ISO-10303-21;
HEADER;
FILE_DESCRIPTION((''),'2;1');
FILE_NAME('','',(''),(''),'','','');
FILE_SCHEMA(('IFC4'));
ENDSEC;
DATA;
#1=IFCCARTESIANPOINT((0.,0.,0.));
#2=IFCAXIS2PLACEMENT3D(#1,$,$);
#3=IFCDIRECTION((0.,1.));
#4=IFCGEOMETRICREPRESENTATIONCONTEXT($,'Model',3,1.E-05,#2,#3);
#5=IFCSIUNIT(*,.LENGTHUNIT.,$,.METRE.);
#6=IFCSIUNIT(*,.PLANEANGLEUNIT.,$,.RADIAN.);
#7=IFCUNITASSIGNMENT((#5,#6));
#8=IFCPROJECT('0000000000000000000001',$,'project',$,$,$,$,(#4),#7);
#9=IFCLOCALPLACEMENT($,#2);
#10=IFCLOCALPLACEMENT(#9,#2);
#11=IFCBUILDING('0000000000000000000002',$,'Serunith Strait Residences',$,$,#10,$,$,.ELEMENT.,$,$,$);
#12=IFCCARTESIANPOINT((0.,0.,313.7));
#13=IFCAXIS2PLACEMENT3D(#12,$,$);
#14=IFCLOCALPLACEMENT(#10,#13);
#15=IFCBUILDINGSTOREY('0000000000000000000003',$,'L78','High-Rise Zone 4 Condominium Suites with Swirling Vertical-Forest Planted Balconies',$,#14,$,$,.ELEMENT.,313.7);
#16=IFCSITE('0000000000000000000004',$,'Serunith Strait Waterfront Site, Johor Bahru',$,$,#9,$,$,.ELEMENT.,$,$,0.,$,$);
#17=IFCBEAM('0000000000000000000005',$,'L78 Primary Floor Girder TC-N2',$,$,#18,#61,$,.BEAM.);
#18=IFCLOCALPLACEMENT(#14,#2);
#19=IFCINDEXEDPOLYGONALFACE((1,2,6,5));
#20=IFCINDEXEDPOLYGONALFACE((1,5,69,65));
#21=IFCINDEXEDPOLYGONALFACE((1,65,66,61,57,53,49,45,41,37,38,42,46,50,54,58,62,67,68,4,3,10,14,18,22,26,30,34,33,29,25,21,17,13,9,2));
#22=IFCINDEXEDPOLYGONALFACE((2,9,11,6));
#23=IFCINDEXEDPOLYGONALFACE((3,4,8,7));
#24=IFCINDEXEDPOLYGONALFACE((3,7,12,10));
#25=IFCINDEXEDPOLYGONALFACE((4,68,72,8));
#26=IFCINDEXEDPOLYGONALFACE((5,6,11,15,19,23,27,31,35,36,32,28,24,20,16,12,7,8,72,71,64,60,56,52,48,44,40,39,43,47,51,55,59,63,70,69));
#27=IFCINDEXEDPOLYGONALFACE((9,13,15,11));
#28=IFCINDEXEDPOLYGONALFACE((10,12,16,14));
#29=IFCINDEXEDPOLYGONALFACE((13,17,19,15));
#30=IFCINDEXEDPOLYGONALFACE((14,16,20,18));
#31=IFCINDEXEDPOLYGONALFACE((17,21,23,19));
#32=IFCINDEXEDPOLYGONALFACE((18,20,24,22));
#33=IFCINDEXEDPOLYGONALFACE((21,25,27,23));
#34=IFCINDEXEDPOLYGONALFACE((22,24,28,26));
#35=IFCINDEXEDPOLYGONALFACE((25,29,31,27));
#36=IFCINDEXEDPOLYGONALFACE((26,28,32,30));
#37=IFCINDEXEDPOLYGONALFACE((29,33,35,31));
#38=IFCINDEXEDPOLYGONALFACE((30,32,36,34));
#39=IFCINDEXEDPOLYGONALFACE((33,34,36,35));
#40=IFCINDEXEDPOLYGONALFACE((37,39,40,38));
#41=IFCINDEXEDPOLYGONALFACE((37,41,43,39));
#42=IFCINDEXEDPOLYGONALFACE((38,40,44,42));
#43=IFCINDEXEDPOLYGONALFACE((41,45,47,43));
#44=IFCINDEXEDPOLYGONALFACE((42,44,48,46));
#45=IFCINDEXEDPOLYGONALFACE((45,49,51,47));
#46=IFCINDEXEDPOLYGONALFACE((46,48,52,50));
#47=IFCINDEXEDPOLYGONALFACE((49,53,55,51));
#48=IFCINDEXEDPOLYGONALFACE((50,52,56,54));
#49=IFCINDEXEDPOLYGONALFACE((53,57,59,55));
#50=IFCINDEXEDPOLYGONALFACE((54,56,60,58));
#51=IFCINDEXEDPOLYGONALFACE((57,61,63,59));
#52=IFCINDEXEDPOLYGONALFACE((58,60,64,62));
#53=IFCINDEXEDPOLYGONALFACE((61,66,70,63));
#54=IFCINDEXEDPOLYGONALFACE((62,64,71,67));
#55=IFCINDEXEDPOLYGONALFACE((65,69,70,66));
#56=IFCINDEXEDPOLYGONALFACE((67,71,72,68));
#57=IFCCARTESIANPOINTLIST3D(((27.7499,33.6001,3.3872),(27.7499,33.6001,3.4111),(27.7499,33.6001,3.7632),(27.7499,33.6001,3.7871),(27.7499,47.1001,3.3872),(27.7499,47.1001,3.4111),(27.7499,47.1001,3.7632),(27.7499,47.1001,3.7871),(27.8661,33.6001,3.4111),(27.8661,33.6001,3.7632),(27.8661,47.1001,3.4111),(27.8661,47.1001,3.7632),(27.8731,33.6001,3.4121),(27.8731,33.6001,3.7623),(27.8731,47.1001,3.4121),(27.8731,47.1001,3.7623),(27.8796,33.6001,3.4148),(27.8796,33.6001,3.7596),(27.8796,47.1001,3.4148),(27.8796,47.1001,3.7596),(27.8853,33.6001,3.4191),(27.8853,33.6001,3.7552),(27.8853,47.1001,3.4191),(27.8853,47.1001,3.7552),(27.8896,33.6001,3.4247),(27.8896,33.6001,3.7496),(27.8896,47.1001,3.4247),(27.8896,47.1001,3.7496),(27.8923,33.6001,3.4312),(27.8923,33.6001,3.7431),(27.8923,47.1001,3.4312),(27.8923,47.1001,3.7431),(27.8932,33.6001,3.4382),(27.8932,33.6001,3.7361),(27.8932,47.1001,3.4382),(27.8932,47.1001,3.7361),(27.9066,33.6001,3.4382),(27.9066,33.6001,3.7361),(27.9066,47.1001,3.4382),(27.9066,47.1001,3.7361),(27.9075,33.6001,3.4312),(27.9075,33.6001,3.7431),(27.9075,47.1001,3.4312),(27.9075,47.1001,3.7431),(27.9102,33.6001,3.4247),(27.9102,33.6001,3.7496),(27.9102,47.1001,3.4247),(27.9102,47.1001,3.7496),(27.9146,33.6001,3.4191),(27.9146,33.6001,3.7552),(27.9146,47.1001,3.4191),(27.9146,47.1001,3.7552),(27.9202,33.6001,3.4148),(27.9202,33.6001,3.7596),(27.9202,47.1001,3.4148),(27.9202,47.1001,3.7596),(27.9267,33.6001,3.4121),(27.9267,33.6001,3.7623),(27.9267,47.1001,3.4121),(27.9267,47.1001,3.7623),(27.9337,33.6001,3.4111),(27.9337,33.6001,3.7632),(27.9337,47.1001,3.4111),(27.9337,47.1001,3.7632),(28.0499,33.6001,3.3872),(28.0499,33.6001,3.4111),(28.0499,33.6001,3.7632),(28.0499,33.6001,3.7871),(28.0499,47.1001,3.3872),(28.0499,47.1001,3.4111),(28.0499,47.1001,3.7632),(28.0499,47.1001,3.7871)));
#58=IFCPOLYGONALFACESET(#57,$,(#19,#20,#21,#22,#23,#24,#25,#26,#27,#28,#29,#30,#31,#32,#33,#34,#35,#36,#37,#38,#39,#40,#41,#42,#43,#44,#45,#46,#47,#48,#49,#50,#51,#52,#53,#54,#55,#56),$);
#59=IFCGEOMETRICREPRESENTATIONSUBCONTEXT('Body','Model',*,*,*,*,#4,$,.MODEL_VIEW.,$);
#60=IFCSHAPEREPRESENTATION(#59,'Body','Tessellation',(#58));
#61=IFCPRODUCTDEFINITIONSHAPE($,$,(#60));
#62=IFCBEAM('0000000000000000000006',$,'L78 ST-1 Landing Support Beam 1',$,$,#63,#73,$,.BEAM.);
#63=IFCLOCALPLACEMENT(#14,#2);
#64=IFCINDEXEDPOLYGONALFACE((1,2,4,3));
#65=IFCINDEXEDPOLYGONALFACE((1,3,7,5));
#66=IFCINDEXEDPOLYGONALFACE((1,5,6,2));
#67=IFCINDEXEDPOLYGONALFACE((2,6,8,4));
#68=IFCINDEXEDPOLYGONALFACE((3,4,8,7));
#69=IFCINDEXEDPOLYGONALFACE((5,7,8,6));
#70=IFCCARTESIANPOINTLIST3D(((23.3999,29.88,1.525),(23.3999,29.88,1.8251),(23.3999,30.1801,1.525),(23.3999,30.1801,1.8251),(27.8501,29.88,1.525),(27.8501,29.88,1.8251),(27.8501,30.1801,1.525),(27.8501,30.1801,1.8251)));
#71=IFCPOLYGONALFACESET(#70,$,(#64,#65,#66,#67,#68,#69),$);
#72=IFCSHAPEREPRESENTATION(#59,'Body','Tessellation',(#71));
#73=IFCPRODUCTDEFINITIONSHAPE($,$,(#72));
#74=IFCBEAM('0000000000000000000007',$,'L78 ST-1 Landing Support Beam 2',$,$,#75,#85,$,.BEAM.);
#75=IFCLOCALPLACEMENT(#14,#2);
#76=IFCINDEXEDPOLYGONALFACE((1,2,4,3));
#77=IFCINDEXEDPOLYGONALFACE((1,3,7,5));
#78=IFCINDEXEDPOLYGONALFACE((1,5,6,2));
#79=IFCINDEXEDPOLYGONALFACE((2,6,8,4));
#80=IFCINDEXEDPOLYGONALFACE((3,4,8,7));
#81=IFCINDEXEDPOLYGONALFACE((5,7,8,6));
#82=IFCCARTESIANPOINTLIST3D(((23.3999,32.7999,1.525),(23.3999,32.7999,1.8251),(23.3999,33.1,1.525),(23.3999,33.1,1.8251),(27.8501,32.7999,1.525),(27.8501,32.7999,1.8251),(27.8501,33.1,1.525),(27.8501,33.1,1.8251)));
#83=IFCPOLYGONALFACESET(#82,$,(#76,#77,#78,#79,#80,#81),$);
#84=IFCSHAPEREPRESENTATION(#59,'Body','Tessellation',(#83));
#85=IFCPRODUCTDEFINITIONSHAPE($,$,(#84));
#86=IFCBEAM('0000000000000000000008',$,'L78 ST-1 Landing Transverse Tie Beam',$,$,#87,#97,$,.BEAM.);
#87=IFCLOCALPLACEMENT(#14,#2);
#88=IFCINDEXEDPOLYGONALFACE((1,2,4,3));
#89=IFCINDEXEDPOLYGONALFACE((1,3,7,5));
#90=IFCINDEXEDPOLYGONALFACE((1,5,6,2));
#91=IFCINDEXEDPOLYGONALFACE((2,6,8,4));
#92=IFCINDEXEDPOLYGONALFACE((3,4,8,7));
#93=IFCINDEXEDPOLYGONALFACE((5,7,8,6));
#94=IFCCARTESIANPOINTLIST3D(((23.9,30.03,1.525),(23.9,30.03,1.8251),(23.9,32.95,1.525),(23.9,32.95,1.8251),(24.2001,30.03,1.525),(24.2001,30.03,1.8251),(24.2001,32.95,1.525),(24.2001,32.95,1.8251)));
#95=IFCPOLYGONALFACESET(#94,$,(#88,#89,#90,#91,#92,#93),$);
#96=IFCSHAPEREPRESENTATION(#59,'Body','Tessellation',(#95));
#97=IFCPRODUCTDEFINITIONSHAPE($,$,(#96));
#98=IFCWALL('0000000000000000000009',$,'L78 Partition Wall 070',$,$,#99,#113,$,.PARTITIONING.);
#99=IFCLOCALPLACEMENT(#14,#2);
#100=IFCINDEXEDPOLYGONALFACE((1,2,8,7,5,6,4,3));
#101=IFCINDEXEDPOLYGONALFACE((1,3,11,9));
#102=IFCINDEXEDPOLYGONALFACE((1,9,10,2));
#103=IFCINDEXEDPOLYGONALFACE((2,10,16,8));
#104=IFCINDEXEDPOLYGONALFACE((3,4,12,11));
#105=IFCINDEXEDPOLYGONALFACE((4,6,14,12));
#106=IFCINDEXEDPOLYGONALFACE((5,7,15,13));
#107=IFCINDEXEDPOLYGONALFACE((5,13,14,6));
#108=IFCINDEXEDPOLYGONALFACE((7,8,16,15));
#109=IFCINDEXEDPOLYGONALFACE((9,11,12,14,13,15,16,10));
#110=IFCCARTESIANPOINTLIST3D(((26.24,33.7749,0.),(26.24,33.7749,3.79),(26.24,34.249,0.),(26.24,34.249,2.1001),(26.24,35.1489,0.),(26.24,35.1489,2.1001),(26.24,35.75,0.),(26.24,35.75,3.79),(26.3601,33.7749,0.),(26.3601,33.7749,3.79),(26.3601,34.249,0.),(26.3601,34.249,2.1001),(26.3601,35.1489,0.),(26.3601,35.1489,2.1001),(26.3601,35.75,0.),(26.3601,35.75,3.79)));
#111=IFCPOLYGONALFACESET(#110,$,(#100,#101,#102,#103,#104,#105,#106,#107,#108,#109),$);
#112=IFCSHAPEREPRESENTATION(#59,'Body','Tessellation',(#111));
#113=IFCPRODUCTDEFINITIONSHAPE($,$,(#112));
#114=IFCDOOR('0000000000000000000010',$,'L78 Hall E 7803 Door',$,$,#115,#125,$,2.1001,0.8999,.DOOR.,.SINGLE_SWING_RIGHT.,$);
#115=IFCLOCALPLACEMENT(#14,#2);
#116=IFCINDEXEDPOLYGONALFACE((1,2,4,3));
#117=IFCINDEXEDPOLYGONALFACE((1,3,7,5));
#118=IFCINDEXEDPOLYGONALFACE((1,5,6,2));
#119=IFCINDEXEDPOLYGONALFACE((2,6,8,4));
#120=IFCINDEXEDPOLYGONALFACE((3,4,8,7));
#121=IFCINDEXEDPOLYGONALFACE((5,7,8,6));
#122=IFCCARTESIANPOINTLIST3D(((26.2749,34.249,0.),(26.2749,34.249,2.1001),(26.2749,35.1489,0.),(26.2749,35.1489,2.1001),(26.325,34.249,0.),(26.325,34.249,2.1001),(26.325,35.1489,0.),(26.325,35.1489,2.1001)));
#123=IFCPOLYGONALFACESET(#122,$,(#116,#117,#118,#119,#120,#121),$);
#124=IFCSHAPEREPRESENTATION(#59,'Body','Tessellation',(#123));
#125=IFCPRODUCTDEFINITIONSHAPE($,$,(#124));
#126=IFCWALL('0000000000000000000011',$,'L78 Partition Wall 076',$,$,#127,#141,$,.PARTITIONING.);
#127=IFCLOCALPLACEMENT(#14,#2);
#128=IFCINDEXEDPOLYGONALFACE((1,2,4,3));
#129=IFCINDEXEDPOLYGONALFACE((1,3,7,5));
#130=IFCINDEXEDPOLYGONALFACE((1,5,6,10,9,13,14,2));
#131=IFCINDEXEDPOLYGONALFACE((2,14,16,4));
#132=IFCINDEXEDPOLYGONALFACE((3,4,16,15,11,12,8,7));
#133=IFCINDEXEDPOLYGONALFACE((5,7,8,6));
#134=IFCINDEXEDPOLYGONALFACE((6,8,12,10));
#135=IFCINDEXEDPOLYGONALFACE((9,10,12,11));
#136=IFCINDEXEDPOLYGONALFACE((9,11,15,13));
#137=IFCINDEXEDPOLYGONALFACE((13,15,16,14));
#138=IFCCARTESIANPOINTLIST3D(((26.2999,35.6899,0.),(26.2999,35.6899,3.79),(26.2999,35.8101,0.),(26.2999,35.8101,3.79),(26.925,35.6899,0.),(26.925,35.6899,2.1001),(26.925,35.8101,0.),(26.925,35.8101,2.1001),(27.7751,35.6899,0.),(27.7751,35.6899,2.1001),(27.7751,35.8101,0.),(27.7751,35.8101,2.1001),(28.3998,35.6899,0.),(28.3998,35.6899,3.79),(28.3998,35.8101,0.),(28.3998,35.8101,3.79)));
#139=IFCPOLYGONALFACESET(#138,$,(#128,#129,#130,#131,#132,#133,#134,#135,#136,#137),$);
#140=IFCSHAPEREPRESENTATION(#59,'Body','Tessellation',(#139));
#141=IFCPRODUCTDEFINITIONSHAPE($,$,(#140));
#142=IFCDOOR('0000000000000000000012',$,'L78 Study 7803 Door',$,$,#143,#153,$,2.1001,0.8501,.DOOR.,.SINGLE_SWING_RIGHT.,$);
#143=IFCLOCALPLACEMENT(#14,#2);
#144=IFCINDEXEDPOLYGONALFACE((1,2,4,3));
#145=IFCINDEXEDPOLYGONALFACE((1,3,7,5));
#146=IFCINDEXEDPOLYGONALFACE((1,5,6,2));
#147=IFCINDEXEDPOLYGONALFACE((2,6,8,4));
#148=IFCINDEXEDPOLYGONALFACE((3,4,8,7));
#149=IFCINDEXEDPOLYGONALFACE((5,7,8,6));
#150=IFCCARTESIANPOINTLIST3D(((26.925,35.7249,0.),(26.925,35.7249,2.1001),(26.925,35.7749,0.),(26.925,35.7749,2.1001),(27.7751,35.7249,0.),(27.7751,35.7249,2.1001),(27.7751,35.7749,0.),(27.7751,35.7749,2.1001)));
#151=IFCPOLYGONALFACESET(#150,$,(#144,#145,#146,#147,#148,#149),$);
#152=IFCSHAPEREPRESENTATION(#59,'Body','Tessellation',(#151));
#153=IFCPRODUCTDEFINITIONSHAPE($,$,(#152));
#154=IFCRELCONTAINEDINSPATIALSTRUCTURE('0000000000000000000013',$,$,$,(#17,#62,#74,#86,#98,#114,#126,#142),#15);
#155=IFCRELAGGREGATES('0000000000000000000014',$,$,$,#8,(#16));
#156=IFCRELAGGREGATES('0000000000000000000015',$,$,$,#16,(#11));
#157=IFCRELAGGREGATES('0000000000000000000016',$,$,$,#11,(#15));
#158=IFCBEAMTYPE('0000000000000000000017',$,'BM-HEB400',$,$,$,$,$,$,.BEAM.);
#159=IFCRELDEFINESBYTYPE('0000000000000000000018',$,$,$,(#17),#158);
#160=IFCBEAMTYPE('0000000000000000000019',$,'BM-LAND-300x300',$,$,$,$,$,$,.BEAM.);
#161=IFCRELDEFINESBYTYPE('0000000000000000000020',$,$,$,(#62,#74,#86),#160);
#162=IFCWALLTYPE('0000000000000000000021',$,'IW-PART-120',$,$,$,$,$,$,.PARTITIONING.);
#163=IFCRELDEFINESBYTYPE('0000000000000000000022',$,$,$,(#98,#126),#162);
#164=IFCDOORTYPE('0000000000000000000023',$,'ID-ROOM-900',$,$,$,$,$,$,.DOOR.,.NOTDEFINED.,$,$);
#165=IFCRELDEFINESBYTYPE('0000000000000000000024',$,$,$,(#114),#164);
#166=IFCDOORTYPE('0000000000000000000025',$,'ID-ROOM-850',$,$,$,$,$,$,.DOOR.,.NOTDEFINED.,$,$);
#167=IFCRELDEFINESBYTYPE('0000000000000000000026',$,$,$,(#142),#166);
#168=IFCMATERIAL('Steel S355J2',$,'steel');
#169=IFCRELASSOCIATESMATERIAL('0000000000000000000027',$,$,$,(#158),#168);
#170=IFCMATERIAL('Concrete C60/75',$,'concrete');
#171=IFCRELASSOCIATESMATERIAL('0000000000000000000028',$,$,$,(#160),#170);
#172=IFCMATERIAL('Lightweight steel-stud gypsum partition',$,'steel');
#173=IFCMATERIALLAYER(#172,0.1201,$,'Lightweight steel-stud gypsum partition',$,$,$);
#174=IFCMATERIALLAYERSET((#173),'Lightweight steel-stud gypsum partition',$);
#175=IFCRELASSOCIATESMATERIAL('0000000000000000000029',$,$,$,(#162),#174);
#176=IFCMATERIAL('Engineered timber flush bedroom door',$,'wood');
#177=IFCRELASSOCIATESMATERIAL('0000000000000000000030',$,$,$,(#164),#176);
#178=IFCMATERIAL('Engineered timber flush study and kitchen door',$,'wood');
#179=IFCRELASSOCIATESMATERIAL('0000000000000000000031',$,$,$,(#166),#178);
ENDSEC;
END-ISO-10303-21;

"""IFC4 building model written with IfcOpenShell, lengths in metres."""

from ifc_helpers import new_model, si_unit, direction, frame, frame_2d, origin, origin_2d, place, context, subcontext, project, spatial, rectangle, i_section, extrude, source, transform, mapped, material, layer, layer_set, material_profile, profile_set, type_object, element, fill, save


model = new_model("IFC4")

# Units and contexts
model_context = context("Model", 3, precision=1e-05, world=origin(), true_north=direction((0.0, 1.0)))
body_context = subcontext(model_context, "Body", "Model", "MODEL_VIEW")
ifc_project = project(units=[si_unit("LENGTHUNIT", "METRE"), si_unit("PLANEANGLEUNIT", "RADIAN")], contexts=[model_context])

# Site, building, storey
site_placement = place(None, origin())
site = spatial("IfcSite", under=ifc_project, at=site_placement, Name="Serunith Strait Waterfront Site, Johor Bahru", CompositionType="ELEMENT", RefElevation=0.0)
building_placement = place(site_placement, origin())
building = spatial("IfcBuilding", under=site, at=building_placement, Name="Serunith Strait Residences", CompositionType="ELEMENT")
storey_placement = place(building_placement, frame((0.0, 0.0, 313.7)))
storey = spatial("IfcBuildingStorey", under=building, at=storey_placement, Name="L78", Description="High-Rise Zone 4 Condominium Suites with Swirling Vertical-Forest Planted Balconies", CompositionType="ELEMENT", Elevation=313.7)

# Beams
ifc_material_1 = material(Name="Steel S355J2", Category="steel")
ifc_material_profile_1 = material_profile(ifc_material_1, i_section(OverallWidth=0.3, OverallDepth=0.3999, WebThickness=0.0134, FlangeThickness=0.0239, FilletRadius=0.0271, at=origin_2d()), Name="HEB 400")
ifc_profile_set_1 = profile_set([ifc_material_profile_1], Name="Steel S355J2")
beam_type_1 = type_object("IfcBeamType", Name="BM-HEB400", PredefinedType="BEAM", material=ifc_profile_set_1)
shared_shape_1 = source(origin(), body_context, "Body", "SweptSolid", [
    extrude(i_section(OverallWidth=0.3, OverallDepth=0.3999, WebThickness=0.0134, FlangeThickness=0.0239, FilletRadius=0.0271, at=origin_2d()), origin(), (0.0, 0.0, 1.0), 13.5),
])
beam_1_placement = place(storey_placement, frame((27.8999, 33.6001, 3.5872), z_axis=(0.0, 1.0, 0.0), x_axis=(-1.0, 0.0, 0.0)))
element("IfcBeam", 1, at=beam_1_placement, inside=storey, type_object=beam_type_1, Name="L78 Primary Floor Girder TC-N2", PredefinedType="BEAM", context=body_context, shape_type="MappedRepresentation", body=[
    mapped(shared_shape_1, transform((0.0, 0.0, 0.0), scale=1.0)),
])
ifc_material_2 = material(Name="Concrete C60/75", Category="concrete")
ifc_material_profile_2 = material_profile(ifc_material_2, rectangle(XDim=0.3, YDim=0.3, at=origin_2d()), Name="RC 300x300")
ifc_profile_set_2 = profile_set([ifc_material_profile_2], Name="Concrete C60/75")
beam_type_2 = type_object("IfcBeamType", Name="BM-LAND-300x300", PredefinedType="BEAM", material=ifc_profile_set_2)
shared_shape_2 = source(origin(), body_context, "Body", "SweptSolid", [
    extrude(rectangle(XDim=0.3, YDim=0.3, at=origin_2d()), origin(), (0.0, 0.0, 1.0), 4.4502),
])
for number, where, z_axis, x_axis, name in (
    (2, (23.3999, 30.03, 1.675), (1.0, 0.0, 0.0), (0.0, 1.0, 0.0), "L78 ST-1 Landing Support Beam 1"),
    (3, (23.3999, 32.95, 1.675), (1.0, 0.0, 0.0), (0.0, 1.0, 0.0), "L78 ST-1 Landing Support Beam 2"),
):
    element("IfcBeam", number, at=place(storey_placement, frame(where, z_axis=z_axis, x_axis=x_axis)), inside=storey, type_object=beam_type_2, Name=name, PredefinedType="BEAM", context=body_context, shape_type="MappedRepresentation", body=[
        mapped(shared_shape_2, transform((0.0, 0.0, 0.0), scale=1.0)),
    ])
shared_shape_3 = source(origin(), body_context, "Body", "SweptSolid", [
    extrude(rectangle(XDim=0.3, YDim=0.3, at=origin_2d()), origin(), (0.0, 0.0, 1.0), 2.9199),
])
beam_2_placement = place(storey_placement, frame((24.05, 30.03, 1.675), z_axis=(0.0, 1.0, 0.0), x_axis=(-1.0, 0.0, 0.0)))
element("IfcBeam", 4, at=beam_2_placement, inside=storey, type_object=beam_type_2, Name="L78 ST-1 Landing Transverse Tie Beam", PredefinedType="BEAM", context=body_context, shape_type="MappedRepresentation", body=[
    mapped(shared_shape_3, transform((0.0, 0.0, 0.0), scale=1.0)),
])

# Walls, openings, doors
ifc_material_3 = material(Name="Lightweight steel-stud gypsum partition", Category="steel")
ifc_layer_1 = layer(ifc_material_3, 0.1201, Name="Lightweight steel-stud gypsum partition")
ifc_layer_set_1 = layer_set([ifc_layer_1], Name="Lightweight steel-stud gypsum partition")
wall_type_1 = type_object("IfcWallType", Name="IW-PART-120", PredefinedType="PARTITIONING", material=ifc_layer_set_1)
wall_1_placement = place(storey_placement, frame((26.3, 35.75, 0.0), z_axis=(0.0, 0.0, 1.0), x_axis=(0.0, -1.0, 0.0)))
wall_1 = element("IfcWall", 5, at=wall_1_placement, inside=storey, type_object=wall_type_1, Name="L78 Partition Wall 070", PredefinedType="PARTITIONING", context=body_context, shape_type="SweptSolid", body=[
    extrude(rectangle(XDim=1.9751, YDim=0.1201, at=frame_2d((0.9875, 0.0))), origin(), (0.0, 0.0, 1.0), 3.79),
])
opening_1_placement = place(wall_1_placement, frame((0.6011, 0.0, 0.0)))
opening_1 = element("IfcOpeningElement", 6, at=opening_1_placement, cuts=wall_1, PredefinedType="OPENING", context=body_context, shape_type="SweptSolid", body=[
    extrude(rectangle(XDim=0.8999, YDim=2.1001, at=frame_2d((0.45, 1.05))), frame((0.0, 0.0701, 0.0), z_axis=(0.0, -1.0, 0.0), x_axis=(1.0, 0.0, 0.0)), (0.0, 0.0, 1.0), 0.1401),
])
ifc_material_4 = material(Name="Engineered timber flush bedroom door", Category="wood")
door_type_1 = type_object("IfcDoorType", Name="ID-ROOM-900", OperationType="NOTDEFINED", PredefinedType="DOOR", material=ifc_material_4)
shared_shape_4 = source(origin(), body_context, "Body", "SweptSolid", [
    extrude(rectangle(XDim=0.8999, YDim=2.1001, at=frame_2d((0.45, 1.05))), frame((0.0, 0.0249, 0.0), z_axis=(0.0, -1.0, 0.0), x_axis=(1.0, 0.0, 0.0)), (0.0, 0.0, 1.0), 0.05),
])
door_1_placement = place(opening_1_placement, origin())
door_1 = element("IfcDoor", 7, at=door_1_placement, inside=storey, type_object=door_type_1, Name="L78 Hall E 7803 Door", OperationType="SINGLE_SWING_RIGHT", OverallHeight=2.1001, OverallWidth=0.8999, PredefinedType="DOOR", context=body_context, shape_type="MappedRepresentation", body=[
    mapped(shared_shape_4, transform((0.0, 0.0, 0.0), scale=1.0)),
])
fill(opening_1, door_1)
wall_2_placement = place(storey_placement, frame((26.3, 35.75, 0.0), z_axis=(0.0, 0.0, 1.0), x_axis=(1.0, 0.0, 0.0)))
wall_2 = element("IfcWall", 8, at=wall_2_placement, inside=storey, type_object=wall_type_1, Name="L78 Partition Wall 076", PredefinedType="PARTITIONING", context=body_context, shape_type="SweptSolid", body=[
    extrude(rectangle(XDim=2.0999, YDim=0.1201, at=frame_2d((1.0498, 0.0))), origin(), (0.0, 0.0, 1.0), 3.79),
])
opening_2_placement = place(wall_2_placement, frame((0.625, 0.0, 0.0)))
opening_2 = element("IfcOpeningElement", 9, at=opening_2_placement, cuts=wall_2, PredefinedType="OPENING", context=body_context, shape_type="SweptSolid", body=[
    extrude(rectangle(XDim=0.8501, YDim=2.1001, at=frame_2d((0.425, 1.05))), frame((0.0, 0.0701, 0.0), z_axis=(0.0, -1.0, 0.0), x_axis=(1.0, 0.0, 0.0)), (0.0, 0.0, 1.0), 0.1401),
])
ifc_material_5 = material(Name="Engineered timber flush study and kitchen door", Category="wood")
door_type_2 = type_object("IfcDoorType", Name="ID-ROOM-850", OperationType="NOTDEFINED", PredefinedType="DOOR", material=ifc_material_5)
shared_shape_5 = source(origin(), body_context, "Body", "SweptSolid", [
    extrude(rectangle(XDim=0.8501, YDim=2.1001, at=frame_2d((0.425, 1.05))), frame((0.0, 0.0249, 0.0), z_axis=(0.0, -1.0, 0.0), x_axis=(1.0, 0.0, 0.0)), (0.0, 0.0, 1.0), 0.05),
])
door_2_placement = place(opening_2_placement, origin())
door_2 = element("IfcDoor", 10, at=door_2_placement, inside=storey, type_object=door_type_2, Name="L78 Study 7803 Door", OperationType="SINGLE_SWING_RIGHT", OverallHeight=2.1001, OverallWidth=0.8501, PredefinedType="DOOR", context=body_context, shape_type="MappedRepresentation", body=[
    mapped(shared_shape_5, transform((0.0, 0.0, 0.0), scale=1.0)),
])
fill(opening_2, door_2)

save(model, "model.ifc")
